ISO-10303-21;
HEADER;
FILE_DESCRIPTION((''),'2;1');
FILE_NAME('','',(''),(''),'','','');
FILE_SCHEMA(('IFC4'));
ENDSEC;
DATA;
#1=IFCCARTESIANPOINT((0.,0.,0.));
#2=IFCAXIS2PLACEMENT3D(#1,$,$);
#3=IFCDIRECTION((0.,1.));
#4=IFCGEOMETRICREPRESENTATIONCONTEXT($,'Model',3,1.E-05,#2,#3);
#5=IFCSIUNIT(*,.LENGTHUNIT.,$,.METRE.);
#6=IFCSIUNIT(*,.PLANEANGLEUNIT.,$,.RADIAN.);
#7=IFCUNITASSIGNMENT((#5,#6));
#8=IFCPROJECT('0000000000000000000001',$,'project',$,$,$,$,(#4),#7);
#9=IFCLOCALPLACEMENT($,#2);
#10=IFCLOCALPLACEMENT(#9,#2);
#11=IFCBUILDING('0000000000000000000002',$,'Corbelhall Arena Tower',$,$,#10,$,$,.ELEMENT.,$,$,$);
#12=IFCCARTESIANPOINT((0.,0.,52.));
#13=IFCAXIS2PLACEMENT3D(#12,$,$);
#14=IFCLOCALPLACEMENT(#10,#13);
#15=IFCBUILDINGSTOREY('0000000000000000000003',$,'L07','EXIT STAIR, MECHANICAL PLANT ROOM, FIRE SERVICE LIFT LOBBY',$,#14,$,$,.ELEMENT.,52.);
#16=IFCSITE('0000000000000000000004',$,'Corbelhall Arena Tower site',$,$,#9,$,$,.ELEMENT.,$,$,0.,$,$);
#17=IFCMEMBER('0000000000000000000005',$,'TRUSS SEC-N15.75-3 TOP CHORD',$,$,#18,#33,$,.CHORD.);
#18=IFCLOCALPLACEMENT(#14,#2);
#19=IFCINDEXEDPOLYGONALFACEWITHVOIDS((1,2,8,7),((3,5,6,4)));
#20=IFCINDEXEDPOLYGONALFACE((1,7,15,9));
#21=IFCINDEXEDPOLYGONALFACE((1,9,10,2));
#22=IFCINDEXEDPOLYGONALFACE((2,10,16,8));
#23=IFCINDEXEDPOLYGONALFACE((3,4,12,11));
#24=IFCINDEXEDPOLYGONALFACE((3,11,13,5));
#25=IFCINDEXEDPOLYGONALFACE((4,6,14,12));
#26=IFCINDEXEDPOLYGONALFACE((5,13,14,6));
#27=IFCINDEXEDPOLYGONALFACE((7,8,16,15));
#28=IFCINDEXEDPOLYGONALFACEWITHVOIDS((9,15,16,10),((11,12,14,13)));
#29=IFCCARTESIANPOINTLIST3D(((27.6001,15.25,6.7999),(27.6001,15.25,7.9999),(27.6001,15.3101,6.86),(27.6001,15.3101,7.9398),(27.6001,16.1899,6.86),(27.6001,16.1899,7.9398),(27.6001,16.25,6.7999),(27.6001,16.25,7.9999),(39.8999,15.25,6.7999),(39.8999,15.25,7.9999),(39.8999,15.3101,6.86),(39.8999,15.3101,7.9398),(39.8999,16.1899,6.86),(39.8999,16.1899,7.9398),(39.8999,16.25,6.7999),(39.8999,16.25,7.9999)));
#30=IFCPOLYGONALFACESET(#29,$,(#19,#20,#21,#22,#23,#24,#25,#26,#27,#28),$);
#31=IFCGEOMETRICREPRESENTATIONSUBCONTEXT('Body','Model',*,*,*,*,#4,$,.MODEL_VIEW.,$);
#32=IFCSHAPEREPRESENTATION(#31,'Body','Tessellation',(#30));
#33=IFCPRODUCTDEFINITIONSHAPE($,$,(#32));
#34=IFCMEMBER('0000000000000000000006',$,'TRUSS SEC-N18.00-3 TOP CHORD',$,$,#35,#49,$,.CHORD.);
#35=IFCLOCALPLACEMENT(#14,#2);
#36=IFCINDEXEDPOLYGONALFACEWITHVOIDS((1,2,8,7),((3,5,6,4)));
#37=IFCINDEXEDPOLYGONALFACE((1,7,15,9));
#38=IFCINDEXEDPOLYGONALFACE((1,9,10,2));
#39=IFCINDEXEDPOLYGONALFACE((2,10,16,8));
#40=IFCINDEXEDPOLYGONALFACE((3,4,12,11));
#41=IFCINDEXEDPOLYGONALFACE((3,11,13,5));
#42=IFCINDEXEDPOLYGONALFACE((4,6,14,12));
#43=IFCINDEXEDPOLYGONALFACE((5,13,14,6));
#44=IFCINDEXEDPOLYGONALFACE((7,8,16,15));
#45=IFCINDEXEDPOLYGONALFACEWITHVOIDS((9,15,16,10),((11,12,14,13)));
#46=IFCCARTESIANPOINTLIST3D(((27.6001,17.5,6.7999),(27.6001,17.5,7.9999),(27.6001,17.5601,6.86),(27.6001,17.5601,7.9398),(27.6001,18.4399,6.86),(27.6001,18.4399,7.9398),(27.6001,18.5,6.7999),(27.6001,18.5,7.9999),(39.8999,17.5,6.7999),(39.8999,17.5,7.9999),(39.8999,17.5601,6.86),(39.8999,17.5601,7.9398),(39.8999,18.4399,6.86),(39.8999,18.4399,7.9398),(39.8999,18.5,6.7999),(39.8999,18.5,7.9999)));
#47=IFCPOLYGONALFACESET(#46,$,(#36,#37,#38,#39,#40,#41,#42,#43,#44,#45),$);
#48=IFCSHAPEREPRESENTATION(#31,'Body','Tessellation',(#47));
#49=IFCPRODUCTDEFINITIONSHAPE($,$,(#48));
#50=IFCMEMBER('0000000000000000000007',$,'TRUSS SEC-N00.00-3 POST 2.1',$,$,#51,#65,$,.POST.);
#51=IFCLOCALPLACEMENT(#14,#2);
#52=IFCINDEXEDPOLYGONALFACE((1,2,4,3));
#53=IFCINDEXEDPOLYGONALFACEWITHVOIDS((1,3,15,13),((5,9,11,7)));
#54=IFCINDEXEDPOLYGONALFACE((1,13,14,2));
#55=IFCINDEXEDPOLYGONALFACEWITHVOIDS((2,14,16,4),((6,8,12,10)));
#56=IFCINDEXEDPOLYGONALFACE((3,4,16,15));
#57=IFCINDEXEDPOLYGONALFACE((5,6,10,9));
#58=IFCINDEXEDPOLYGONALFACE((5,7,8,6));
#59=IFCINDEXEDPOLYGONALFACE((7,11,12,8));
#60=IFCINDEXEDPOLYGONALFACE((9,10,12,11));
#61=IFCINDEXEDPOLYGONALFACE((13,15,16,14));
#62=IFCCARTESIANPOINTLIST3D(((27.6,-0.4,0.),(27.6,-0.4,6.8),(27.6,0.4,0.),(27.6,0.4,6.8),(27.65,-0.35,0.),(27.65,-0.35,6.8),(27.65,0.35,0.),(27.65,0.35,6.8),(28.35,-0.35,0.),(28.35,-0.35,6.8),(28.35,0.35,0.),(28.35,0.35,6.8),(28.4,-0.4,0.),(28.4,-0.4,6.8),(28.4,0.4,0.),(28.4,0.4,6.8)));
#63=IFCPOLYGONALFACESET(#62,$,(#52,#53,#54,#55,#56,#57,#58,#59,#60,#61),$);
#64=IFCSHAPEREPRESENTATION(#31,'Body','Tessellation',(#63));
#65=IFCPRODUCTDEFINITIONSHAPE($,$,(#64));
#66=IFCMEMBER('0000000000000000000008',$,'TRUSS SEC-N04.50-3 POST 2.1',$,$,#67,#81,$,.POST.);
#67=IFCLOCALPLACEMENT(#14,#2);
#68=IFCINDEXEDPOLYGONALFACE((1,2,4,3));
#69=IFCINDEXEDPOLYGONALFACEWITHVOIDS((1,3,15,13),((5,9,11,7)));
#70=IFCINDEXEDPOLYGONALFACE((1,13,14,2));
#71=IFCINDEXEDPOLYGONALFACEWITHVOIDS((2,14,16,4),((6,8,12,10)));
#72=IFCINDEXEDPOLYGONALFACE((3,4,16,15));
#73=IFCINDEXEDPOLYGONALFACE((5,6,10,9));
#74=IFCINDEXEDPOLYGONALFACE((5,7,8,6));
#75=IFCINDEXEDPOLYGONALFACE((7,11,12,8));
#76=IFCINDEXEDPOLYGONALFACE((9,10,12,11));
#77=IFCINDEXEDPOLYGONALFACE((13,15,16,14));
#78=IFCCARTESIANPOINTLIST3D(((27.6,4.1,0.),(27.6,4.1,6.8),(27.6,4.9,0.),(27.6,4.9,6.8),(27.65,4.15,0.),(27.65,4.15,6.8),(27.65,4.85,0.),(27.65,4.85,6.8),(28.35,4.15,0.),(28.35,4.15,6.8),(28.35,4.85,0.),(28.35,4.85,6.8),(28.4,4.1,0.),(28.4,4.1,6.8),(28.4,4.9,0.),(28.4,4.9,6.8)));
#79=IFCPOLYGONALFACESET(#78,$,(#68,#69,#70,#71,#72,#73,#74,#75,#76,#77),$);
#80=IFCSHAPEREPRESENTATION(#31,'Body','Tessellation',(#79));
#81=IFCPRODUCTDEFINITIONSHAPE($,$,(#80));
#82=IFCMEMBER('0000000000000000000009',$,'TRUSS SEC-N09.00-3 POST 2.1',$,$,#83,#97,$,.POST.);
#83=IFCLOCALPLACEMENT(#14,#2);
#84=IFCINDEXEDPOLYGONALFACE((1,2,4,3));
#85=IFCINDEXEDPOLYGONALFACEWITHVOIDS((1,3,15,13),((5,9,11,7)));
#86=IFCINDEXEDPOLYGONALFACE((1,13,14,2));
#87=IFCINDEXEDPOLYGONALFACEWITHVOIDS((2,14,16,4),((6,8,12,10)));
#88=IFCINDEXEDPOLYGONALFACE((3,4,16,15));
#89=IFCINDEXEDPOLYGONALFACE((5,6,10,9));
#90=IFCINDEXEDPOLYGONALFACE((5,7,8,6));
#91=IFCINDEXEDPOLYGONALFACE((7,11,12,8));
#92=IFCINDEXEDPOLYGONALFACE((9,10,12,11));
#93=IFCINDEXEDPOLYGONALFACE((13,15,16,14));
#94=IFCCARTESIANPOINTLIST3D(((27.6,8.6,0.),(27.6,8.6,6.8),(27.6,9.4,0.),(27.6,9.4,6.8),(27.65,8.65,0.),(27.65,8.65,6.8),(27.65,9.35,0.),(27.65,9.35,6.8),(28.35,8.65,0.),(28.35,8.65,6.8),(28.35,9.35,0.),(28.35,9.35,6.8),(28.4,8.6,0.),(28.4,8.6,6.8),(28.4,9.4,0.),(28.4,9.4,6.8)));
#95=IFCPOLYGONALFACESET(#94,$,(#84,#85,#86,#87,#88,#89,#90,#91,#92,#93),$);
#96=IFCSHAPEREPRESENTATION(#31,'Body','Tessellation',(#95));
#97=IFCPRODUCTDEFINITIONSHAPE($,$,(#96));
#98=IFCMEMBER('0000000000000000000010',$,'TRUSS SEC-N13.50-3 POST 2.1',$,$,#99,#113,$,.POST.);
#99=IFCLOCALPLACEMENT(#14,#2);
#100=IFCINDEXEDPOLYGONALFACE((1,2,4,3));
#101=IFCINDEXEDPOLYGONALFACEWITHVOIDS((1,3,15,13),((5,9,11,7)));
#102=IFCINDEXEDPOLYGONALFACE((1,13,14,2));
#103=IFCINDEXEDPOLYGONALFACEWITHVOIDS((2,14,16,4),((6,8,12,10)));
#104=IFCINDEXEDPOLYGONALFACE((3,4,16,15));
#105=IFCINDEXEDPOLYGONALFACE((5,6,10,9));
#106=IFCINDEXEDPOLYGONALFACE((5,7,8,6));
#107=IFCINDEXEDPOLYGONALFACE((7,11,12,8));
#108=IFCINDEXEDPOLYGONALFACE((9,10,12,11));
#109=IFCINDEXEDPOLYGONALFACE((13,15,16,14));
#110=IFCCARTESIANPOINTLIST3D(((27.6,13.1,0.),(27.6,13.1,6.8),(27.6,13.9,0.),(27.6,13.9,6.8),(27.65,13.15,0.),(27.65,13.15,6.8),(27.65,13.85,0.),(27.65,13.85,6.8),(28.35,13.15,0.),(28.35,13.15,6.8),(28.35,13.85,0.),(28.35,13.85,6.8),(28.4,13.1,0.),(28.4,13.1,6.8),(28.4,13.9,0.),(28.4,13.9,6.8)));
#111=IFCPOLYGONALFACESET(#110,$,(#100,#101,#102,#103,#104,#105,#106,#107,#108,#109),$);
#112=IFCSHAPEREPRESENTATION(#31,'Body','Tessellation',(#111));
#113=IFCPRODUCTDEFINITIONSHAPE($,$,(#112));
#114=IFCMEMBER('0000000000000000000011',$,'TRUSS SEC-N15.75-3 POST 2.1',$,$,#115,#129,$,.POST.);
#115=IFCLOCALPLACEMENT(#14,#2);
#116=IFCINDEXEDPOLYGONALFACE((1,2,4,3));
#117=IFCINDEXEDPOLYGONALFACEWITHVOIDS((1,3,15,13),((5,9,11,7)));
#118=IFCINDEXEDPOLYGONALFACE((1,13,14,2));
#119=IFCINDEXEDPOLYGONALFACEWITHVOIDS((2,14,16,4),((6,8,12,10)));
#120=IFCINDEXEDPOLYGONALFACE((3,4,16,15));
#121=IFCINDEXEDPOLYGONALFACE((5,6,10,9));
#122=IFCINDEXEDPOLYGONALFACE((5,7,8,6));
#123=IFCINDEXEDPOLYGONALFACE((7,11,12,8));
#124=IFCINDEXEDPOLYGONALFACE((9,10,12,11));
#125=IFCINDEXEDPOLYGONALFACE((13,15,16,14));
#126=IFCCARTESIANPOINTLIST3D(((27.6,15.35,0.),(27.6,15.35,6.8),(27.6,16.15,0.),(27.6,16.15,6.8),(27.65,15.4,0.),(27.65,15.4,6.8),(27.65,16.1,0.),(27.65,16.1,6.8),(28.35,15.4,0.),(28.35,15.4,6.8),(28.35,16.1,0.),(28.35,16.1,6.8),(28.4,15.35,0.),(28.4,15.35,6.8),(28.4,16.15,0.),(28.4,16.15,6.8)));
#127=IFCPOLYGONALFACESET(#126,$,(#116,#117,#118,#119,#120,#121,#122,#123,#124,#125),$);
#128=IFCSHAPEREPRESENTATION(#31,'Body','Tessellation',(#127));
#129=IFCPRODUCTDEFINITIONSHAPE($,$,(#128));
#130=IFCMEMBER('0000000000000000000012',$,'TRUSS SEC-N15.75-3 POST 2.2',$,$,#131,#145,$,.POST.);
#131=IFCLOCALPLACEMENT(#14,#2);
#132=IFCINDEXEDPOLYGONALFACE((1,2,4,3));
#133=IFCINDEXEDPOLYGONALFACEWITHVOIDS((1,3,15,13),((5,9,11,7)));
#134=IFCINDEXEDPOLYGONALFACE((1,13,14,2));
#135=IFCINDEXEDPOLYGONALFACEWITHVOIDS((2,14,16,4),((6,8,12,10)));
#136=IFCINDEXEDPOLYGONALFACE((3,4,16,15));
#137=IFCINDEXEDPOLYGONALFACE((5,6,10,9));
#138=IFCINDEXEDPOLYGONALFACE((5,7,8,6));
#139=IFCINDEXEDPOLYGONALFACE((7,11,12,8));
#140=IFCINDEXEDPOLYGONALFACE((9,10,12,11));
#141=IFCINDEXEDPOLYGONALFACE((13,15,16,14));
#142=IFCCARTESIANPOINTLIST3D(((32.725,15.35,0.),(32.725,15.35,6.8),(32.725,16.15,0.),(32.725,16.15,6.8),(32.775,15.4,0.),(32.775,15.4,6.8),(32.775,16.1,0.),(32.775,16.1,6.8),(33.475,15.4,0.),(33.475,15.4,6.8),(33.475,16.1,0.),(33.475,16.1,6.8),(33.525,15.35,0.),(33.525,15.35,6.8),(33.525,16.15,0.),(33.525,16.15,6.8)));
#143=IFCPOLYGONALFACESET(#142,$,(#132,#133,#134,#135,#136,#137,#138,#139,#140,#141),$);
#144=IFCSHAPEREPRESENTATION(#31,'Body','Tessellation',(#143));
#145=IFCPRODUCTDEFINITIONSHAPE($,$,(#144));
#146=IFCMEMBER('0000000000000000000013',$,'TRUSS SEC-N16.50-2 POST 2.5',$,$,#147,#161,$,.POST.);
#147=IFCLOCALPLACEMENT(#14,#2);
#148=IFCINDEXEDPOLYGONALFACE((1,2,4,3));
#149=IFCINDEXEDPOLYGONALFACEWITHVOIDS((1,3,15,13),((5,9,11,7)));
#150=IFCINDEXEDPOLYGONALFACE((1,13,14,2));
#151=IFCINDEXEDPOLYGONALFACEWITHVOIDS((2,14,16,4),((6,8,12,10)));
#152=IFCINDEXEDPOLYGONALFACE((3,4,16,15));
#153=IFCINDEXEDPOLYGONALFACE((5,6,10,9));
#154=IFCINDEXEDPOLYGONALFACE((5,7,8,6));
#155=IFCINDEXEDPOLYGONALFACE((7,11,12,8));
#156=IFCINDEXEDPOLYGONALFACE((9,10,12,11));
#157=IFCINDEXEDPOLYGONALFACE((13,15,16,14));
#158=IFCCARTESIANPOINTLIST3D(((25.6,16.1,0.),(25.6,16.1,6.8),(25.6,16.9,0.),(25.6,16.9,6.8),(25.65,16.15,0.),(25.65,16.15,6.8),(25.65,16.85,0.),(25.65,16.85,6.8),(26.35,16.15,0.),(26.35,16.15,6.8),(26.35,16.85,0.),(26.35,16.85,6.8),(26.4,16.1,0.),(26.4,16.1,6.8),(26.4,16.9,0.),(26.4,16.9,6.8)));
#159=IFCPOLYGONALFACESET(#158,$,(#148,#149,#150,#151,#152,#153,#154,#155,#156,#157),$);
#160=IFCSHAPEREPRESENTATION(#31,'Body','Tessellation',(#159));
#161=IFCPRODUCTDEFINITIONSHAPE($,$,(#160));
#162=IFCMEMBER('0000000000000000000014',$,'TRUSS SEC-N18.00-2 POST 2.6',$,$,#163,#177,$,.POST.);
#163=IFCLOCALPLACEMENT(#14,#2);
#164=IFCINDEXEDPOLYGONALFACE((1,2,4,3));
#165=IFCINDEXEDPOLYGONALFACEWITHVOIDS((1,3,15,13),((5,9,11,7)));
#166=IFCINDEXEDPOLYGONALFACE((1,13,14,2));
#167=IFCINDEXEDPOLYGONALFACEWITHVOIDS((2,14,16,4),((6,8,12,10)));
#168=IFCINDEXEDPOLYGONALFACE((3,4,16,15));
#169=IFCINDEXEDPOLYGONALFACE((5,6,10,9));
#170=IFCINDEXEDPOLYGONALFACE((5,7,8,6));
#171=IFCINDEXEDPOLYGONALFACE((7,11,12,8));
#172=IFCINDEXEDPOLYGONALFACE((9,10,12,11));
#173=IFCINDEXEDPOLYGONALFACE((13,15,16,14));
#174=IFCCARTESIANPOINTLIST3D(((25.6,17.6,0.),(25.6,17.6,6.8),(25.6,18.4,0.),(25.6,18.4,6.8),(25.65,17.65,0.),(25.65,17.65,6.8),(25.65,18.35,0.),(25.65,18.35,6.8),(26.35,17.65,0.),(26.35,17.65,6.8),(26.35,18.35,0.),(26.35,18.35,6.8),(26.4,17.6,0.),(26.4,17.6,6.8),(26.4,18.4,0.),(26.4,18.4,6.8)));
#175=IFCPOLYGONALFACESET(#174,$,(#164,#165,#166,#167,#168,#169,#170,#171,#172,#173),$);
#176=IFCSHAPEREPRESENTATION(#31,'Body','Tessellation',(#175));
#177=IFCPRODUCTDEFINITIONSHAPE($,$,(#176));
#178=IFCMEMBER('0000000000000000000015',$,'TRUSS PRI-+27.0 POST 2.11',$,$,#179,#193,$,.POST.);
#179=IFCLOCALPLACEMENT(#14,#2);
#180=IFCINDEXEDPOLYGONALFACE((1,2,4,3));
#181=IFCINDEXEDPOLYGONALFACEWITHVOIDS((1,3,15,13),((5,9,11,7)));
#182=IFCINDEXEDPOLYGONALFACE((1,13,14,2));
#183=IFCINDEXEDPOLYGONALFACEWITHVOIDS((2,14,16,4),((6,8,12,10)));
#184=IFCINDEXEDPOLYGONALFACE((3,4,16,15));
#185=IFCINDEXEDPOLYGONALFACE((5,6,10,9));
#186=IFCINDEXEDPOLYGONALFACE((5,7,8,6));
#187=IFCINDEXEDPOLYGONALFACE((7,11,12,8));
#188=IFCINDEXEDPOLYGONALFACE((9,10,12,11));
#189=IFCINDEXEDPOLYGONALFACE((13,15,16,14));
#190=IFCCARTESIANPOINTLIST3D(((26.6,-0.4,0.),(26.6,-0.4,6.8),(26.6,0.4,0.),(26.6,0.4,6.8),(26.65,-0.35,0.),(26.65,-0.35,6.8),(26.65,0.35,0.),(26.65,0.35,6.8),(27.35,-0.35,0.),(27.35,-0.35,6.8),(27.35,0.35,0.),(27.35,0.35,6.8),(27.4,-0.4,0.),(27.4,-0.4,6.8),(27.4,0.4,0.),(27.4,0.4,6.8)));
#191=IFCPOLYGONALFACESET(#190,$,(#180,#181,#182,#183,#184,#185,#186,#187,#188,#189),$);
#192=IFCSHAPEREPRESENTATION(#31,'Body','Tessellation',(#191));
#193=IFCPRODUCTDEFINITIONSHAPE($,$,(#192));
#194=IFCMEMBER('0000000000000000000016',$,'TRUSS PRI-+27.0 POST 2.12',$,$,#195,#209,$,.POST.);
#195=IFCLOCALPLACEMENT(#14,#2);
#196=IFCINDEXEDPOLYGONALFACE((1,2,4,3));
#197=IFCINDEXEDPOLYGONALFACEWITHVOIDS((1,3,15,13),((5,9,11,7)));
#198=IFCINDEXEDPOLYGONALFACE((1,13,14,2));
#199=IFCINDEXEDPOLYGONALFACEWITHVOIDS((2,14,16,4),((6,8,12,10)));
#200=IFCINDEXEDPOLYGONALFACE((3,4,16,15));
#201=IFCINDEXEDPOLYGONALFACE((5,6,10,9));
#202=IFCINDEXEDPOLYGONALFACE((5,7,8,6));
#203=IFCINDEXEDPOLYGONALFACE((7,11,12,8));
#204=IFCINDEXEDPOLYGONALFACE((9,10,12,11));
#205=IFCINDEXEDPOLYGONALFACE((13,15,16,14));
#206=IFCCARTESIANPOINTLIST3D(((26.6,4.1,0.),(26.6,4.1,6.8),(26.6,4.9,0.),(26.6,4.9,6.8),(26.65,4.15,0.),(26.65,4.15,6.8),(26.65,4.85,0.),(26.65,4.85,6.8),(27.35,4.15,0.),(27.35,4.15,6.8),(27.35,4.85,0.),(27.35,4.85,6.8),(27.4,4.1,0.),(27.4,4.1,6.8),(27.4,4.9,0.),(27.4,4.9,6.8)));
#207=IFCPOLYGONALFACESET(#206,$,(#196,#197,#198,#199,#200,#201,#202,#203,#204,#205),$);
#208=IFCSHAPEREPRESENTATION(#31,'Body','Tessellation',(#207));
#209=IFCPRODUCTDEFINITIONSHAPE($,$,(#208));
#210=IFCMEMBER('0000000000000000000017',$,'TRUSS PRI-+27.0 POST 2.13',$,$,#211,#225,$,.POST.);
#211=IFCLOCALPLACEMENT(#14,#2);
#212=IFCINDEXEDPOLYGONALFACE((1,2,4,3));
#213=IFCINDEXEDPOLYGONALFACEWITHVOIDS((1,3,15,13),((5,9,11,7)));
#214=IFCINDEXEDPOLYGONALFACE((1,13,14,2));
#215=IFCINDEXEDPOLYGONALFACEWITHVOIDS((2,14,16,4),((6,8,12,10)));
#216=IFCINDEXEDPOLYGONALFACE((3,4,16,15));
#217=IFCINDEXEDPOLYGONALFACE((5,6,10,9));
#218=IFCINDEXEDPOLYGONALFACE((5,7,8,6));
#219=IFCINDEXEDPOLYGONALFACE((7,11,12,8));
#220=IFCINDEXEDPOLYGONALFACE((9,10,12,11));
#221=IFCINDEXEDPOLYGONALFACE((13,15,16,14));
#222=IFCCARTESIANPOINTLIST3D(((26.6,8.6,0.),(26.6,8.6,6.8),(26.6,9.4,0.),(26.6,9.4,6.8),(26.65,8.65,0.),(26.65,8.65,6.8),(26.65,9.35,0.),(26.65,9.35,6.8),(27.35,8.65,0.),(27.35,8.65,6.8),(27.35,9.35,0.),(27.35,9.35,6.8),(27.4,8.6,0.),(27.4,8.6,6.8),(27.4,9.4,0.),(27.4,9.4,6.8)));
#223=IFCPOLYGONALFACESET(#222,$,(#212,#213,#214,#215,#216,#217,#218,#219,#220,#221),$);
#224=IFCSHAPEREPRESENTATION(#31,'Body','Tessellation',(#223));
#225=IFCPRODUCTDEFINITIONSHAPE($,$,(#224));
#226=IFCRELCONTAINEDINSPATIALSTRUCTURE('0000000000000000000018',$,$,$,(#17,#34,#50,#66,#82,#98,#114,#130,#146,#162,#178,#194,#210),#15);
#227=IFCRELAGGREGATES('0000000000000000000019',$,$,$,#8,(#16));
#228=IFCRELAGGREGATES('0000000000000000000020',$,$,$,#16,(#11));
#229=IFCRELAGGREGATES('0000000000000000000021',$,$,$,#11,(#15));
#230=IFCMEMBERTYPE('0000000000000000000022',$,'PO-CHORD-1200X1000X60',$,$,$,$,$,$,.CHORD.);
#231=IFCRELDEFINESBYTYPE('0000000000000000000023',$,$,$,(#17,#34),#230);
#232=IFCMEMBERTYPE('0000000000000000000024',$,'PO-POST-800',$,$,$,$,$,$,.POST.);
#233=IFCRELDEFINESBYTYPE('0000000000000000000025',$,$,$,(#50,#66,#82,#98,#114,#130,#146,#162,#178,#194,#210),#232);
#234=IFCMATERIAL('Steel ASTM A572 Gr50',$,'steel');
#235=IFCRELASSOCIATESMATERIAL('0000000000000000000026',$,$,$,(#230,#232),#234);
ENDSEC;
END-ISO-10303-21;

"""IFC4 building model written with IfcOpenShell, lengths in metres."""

from ifc_helpers import new_model, si_unit, direction, frame, origin, origin_2d, place, context, subcontext, project, spatial, hollow_rectangle, extrude, material, material_profile, profile_set, type_object, element, save


model = new_model("IFC4")

# Units and contexts
model_context = context("Model", 3, precision=1e-05, world=origin(), true_north=direction((0.0, 1.0)))
body_context = subcontext(model_context, "Body", "Model", "MODEL_VIEW")
ifc_project = project(units=[si_unit("LENGTHUNIT", "METRE"), si_unit("PLANEANGLEUNIT", "RADIAN")], contexts=[model_context])

# Site, building, storey
site_placement = place(None, origin())
site = spatial("IfcSite", under=ifc_project, at=site_placement, Name="Corbelhall Arena Tower site", CompositionType="ELEMENT", RefElevation=0.0)
building_placement = place(site_placement, origin())
building = spatial("IfcBuilding", under=site, at=building_placement, Name="Corbelhall Arena Tower", CompositionType="ELEMENT")
storey_placement = place(building_placement, frame((0.0, 0.0, 52.0)))
storey = spatial("IfcBuildingStorey", under=building, at=storey_placement, Name="L07", Description="EXIT STAIR, MECHANICAL PLANT ROOM, FIRE SERVICE LIFT LOBBY", CompositionType="ELEMENT", Elevation=52.0)

# Members
ifc_material = material(Name="Steel ASTM A572 Gr50", Category="steel")
ifc_material_profile_1 = material_profile(ifc_material, hollow_rectangle(XDim=1.0, YDim=1.2, WallThickness=0.0601, at=origin_2d()))
ifc_profile_set_1 = profile_set([ifc_material_profile_1], Name="Steel ASTM A572 Gr50")
member_type_1 = type_object("IfcMemberType", Name="PO-CHORD-1200X1000X60", PredefinedType="CHORD", material=ifc_profile_set_1)
for number, where, z_axis, x_axis, name in (
    (1, (27.6001, 15.75, 7.3999), (1.0, 0.0, 0.0), (0.0, 1.0, 0.0), "TRUSS SEC-N15.75-3 TOP CHORD"),
    (2, (27.6001, 18.0, 7.3999), (1.0, 0.0, 0.0), (0.0, 1.0, 0.0), "TRUSS SEC-N18.00-3 TOP CHORD"),
):
    element("IfcMember", number, at=place(storey_placement, frame(where, z_axis=z_axis, x_axis=x_axis)), inside=storey, type_object=member_type_1, Name=name, PredefinedType="CHORD", context=body_context, shape_type="SweptSolid", body=[
        extrude(hollow_rectangle(XDim=1.0, YDim=1.2, WallThickness=0.0601, at=origin_2d()), origin(), (0.0, 0.0, 1.0), 12.2998),
    ])
ifc_material_profile_2 = material_profile(ifc_material, hollow_rectangle(XDim=0.8, YDim=0.8, WallThickness=0.05, at=origin_2d()))
ifc_profile_set_2 = profile_set([ifc_material_profile_2], Name="Steel ASTM A572 Gr50")
member_type_2 = type_object("IfcMemberType", Name="PO-POST-800", PredefinedType="POST", material=ifc_profile_set_2)
for number, where, z_axis, x_axis, name in (
    (3, (28.0, 0.0, 0.0), (0.0, 0.0, 1.0), (1.0, 0.0, 0.0), "TRUSS SEC-N00.00-3 POST 2.1"),
    (4, (28.0, 4.5, 0.0), (0.0, 0.0, 1.0), (1.0, 0.0, 0.0), "TRUSS SEC-N04.50-3 POST 2.1"),
    (5, (28.0, 9.0, 0.0), (0.0, 0.0, 1.0), (1.0, 0.0, 0.0), "TRUSS SEC-N09.00-3 POST 2.1"),
    (6, (28.0, 13.5, 0.0), (0.0, 0.0, 1.0), (1.0, 0.0, 0.0), "TRUSS SEC-N13.50-3 POST 2.1"),
    (7, (28.0, 15.75, 0.0), (0.0, 0.0, 1.0), (1.0, 0.0, 0.0), "TRUSS SEC-N15.75-3 POST 2.1"),
    (8, (33.125, 15.75, 0.0), (0.0, 0.0, 1.0), (1.0, 0.0, 0.0), "TRUSS SEC-N15.75-3 POST 2.2"),
    (9, (26.0, 16.5, 0.0), (0.0, 0.0, 1.0), (1.0, 0.0, 0.0), "TRUSS SEC-N16.50-2 POST 2.5"),
    (10, (26.0, 18.0, 0.0), (0.0, 0.0, 1.0), (1.0, 0.0, 0.0), "TRUSS SEC-N18.00-2 POST 2.6"),
    (11, (27.0, 0.0, 0.0), (0.0, 0.0, 1.0), (1.0, 0.0, 0.0), "TRUSS PRI-+27.0 POST 2.11"),
    (12, (27.0, 4.5, 0.0), (0.0, 0.0, 1.0), (1.0, 0.0, 0.0), "TRUSS PRI-+27.0 POST 2.12"),
    (13, (27.0, 9.0, 0.0), (0.0, 0.0, 1.0), (1.0, 0.0, 0.0), "TRUSS PRI-+27.0 POST 2.13"),
):
    element("IfcMember", number, at=place(storey_placement, frame(where, z_axis=z_axis, x_axis=x_axis)), inside=storey, type_object=member_type_2, Name=name, PredefinedType="POST", context=body_context, shape_type="SweptSolid", body=[
        extrude(hollow_rectangle(XDim=0.8, YDim=0.8, WallThickness=0.05, at=origin_2d()), origin(), (0.0, 0.0, 1.0), 6.8),
    ])

save(model, "model.ifc")
